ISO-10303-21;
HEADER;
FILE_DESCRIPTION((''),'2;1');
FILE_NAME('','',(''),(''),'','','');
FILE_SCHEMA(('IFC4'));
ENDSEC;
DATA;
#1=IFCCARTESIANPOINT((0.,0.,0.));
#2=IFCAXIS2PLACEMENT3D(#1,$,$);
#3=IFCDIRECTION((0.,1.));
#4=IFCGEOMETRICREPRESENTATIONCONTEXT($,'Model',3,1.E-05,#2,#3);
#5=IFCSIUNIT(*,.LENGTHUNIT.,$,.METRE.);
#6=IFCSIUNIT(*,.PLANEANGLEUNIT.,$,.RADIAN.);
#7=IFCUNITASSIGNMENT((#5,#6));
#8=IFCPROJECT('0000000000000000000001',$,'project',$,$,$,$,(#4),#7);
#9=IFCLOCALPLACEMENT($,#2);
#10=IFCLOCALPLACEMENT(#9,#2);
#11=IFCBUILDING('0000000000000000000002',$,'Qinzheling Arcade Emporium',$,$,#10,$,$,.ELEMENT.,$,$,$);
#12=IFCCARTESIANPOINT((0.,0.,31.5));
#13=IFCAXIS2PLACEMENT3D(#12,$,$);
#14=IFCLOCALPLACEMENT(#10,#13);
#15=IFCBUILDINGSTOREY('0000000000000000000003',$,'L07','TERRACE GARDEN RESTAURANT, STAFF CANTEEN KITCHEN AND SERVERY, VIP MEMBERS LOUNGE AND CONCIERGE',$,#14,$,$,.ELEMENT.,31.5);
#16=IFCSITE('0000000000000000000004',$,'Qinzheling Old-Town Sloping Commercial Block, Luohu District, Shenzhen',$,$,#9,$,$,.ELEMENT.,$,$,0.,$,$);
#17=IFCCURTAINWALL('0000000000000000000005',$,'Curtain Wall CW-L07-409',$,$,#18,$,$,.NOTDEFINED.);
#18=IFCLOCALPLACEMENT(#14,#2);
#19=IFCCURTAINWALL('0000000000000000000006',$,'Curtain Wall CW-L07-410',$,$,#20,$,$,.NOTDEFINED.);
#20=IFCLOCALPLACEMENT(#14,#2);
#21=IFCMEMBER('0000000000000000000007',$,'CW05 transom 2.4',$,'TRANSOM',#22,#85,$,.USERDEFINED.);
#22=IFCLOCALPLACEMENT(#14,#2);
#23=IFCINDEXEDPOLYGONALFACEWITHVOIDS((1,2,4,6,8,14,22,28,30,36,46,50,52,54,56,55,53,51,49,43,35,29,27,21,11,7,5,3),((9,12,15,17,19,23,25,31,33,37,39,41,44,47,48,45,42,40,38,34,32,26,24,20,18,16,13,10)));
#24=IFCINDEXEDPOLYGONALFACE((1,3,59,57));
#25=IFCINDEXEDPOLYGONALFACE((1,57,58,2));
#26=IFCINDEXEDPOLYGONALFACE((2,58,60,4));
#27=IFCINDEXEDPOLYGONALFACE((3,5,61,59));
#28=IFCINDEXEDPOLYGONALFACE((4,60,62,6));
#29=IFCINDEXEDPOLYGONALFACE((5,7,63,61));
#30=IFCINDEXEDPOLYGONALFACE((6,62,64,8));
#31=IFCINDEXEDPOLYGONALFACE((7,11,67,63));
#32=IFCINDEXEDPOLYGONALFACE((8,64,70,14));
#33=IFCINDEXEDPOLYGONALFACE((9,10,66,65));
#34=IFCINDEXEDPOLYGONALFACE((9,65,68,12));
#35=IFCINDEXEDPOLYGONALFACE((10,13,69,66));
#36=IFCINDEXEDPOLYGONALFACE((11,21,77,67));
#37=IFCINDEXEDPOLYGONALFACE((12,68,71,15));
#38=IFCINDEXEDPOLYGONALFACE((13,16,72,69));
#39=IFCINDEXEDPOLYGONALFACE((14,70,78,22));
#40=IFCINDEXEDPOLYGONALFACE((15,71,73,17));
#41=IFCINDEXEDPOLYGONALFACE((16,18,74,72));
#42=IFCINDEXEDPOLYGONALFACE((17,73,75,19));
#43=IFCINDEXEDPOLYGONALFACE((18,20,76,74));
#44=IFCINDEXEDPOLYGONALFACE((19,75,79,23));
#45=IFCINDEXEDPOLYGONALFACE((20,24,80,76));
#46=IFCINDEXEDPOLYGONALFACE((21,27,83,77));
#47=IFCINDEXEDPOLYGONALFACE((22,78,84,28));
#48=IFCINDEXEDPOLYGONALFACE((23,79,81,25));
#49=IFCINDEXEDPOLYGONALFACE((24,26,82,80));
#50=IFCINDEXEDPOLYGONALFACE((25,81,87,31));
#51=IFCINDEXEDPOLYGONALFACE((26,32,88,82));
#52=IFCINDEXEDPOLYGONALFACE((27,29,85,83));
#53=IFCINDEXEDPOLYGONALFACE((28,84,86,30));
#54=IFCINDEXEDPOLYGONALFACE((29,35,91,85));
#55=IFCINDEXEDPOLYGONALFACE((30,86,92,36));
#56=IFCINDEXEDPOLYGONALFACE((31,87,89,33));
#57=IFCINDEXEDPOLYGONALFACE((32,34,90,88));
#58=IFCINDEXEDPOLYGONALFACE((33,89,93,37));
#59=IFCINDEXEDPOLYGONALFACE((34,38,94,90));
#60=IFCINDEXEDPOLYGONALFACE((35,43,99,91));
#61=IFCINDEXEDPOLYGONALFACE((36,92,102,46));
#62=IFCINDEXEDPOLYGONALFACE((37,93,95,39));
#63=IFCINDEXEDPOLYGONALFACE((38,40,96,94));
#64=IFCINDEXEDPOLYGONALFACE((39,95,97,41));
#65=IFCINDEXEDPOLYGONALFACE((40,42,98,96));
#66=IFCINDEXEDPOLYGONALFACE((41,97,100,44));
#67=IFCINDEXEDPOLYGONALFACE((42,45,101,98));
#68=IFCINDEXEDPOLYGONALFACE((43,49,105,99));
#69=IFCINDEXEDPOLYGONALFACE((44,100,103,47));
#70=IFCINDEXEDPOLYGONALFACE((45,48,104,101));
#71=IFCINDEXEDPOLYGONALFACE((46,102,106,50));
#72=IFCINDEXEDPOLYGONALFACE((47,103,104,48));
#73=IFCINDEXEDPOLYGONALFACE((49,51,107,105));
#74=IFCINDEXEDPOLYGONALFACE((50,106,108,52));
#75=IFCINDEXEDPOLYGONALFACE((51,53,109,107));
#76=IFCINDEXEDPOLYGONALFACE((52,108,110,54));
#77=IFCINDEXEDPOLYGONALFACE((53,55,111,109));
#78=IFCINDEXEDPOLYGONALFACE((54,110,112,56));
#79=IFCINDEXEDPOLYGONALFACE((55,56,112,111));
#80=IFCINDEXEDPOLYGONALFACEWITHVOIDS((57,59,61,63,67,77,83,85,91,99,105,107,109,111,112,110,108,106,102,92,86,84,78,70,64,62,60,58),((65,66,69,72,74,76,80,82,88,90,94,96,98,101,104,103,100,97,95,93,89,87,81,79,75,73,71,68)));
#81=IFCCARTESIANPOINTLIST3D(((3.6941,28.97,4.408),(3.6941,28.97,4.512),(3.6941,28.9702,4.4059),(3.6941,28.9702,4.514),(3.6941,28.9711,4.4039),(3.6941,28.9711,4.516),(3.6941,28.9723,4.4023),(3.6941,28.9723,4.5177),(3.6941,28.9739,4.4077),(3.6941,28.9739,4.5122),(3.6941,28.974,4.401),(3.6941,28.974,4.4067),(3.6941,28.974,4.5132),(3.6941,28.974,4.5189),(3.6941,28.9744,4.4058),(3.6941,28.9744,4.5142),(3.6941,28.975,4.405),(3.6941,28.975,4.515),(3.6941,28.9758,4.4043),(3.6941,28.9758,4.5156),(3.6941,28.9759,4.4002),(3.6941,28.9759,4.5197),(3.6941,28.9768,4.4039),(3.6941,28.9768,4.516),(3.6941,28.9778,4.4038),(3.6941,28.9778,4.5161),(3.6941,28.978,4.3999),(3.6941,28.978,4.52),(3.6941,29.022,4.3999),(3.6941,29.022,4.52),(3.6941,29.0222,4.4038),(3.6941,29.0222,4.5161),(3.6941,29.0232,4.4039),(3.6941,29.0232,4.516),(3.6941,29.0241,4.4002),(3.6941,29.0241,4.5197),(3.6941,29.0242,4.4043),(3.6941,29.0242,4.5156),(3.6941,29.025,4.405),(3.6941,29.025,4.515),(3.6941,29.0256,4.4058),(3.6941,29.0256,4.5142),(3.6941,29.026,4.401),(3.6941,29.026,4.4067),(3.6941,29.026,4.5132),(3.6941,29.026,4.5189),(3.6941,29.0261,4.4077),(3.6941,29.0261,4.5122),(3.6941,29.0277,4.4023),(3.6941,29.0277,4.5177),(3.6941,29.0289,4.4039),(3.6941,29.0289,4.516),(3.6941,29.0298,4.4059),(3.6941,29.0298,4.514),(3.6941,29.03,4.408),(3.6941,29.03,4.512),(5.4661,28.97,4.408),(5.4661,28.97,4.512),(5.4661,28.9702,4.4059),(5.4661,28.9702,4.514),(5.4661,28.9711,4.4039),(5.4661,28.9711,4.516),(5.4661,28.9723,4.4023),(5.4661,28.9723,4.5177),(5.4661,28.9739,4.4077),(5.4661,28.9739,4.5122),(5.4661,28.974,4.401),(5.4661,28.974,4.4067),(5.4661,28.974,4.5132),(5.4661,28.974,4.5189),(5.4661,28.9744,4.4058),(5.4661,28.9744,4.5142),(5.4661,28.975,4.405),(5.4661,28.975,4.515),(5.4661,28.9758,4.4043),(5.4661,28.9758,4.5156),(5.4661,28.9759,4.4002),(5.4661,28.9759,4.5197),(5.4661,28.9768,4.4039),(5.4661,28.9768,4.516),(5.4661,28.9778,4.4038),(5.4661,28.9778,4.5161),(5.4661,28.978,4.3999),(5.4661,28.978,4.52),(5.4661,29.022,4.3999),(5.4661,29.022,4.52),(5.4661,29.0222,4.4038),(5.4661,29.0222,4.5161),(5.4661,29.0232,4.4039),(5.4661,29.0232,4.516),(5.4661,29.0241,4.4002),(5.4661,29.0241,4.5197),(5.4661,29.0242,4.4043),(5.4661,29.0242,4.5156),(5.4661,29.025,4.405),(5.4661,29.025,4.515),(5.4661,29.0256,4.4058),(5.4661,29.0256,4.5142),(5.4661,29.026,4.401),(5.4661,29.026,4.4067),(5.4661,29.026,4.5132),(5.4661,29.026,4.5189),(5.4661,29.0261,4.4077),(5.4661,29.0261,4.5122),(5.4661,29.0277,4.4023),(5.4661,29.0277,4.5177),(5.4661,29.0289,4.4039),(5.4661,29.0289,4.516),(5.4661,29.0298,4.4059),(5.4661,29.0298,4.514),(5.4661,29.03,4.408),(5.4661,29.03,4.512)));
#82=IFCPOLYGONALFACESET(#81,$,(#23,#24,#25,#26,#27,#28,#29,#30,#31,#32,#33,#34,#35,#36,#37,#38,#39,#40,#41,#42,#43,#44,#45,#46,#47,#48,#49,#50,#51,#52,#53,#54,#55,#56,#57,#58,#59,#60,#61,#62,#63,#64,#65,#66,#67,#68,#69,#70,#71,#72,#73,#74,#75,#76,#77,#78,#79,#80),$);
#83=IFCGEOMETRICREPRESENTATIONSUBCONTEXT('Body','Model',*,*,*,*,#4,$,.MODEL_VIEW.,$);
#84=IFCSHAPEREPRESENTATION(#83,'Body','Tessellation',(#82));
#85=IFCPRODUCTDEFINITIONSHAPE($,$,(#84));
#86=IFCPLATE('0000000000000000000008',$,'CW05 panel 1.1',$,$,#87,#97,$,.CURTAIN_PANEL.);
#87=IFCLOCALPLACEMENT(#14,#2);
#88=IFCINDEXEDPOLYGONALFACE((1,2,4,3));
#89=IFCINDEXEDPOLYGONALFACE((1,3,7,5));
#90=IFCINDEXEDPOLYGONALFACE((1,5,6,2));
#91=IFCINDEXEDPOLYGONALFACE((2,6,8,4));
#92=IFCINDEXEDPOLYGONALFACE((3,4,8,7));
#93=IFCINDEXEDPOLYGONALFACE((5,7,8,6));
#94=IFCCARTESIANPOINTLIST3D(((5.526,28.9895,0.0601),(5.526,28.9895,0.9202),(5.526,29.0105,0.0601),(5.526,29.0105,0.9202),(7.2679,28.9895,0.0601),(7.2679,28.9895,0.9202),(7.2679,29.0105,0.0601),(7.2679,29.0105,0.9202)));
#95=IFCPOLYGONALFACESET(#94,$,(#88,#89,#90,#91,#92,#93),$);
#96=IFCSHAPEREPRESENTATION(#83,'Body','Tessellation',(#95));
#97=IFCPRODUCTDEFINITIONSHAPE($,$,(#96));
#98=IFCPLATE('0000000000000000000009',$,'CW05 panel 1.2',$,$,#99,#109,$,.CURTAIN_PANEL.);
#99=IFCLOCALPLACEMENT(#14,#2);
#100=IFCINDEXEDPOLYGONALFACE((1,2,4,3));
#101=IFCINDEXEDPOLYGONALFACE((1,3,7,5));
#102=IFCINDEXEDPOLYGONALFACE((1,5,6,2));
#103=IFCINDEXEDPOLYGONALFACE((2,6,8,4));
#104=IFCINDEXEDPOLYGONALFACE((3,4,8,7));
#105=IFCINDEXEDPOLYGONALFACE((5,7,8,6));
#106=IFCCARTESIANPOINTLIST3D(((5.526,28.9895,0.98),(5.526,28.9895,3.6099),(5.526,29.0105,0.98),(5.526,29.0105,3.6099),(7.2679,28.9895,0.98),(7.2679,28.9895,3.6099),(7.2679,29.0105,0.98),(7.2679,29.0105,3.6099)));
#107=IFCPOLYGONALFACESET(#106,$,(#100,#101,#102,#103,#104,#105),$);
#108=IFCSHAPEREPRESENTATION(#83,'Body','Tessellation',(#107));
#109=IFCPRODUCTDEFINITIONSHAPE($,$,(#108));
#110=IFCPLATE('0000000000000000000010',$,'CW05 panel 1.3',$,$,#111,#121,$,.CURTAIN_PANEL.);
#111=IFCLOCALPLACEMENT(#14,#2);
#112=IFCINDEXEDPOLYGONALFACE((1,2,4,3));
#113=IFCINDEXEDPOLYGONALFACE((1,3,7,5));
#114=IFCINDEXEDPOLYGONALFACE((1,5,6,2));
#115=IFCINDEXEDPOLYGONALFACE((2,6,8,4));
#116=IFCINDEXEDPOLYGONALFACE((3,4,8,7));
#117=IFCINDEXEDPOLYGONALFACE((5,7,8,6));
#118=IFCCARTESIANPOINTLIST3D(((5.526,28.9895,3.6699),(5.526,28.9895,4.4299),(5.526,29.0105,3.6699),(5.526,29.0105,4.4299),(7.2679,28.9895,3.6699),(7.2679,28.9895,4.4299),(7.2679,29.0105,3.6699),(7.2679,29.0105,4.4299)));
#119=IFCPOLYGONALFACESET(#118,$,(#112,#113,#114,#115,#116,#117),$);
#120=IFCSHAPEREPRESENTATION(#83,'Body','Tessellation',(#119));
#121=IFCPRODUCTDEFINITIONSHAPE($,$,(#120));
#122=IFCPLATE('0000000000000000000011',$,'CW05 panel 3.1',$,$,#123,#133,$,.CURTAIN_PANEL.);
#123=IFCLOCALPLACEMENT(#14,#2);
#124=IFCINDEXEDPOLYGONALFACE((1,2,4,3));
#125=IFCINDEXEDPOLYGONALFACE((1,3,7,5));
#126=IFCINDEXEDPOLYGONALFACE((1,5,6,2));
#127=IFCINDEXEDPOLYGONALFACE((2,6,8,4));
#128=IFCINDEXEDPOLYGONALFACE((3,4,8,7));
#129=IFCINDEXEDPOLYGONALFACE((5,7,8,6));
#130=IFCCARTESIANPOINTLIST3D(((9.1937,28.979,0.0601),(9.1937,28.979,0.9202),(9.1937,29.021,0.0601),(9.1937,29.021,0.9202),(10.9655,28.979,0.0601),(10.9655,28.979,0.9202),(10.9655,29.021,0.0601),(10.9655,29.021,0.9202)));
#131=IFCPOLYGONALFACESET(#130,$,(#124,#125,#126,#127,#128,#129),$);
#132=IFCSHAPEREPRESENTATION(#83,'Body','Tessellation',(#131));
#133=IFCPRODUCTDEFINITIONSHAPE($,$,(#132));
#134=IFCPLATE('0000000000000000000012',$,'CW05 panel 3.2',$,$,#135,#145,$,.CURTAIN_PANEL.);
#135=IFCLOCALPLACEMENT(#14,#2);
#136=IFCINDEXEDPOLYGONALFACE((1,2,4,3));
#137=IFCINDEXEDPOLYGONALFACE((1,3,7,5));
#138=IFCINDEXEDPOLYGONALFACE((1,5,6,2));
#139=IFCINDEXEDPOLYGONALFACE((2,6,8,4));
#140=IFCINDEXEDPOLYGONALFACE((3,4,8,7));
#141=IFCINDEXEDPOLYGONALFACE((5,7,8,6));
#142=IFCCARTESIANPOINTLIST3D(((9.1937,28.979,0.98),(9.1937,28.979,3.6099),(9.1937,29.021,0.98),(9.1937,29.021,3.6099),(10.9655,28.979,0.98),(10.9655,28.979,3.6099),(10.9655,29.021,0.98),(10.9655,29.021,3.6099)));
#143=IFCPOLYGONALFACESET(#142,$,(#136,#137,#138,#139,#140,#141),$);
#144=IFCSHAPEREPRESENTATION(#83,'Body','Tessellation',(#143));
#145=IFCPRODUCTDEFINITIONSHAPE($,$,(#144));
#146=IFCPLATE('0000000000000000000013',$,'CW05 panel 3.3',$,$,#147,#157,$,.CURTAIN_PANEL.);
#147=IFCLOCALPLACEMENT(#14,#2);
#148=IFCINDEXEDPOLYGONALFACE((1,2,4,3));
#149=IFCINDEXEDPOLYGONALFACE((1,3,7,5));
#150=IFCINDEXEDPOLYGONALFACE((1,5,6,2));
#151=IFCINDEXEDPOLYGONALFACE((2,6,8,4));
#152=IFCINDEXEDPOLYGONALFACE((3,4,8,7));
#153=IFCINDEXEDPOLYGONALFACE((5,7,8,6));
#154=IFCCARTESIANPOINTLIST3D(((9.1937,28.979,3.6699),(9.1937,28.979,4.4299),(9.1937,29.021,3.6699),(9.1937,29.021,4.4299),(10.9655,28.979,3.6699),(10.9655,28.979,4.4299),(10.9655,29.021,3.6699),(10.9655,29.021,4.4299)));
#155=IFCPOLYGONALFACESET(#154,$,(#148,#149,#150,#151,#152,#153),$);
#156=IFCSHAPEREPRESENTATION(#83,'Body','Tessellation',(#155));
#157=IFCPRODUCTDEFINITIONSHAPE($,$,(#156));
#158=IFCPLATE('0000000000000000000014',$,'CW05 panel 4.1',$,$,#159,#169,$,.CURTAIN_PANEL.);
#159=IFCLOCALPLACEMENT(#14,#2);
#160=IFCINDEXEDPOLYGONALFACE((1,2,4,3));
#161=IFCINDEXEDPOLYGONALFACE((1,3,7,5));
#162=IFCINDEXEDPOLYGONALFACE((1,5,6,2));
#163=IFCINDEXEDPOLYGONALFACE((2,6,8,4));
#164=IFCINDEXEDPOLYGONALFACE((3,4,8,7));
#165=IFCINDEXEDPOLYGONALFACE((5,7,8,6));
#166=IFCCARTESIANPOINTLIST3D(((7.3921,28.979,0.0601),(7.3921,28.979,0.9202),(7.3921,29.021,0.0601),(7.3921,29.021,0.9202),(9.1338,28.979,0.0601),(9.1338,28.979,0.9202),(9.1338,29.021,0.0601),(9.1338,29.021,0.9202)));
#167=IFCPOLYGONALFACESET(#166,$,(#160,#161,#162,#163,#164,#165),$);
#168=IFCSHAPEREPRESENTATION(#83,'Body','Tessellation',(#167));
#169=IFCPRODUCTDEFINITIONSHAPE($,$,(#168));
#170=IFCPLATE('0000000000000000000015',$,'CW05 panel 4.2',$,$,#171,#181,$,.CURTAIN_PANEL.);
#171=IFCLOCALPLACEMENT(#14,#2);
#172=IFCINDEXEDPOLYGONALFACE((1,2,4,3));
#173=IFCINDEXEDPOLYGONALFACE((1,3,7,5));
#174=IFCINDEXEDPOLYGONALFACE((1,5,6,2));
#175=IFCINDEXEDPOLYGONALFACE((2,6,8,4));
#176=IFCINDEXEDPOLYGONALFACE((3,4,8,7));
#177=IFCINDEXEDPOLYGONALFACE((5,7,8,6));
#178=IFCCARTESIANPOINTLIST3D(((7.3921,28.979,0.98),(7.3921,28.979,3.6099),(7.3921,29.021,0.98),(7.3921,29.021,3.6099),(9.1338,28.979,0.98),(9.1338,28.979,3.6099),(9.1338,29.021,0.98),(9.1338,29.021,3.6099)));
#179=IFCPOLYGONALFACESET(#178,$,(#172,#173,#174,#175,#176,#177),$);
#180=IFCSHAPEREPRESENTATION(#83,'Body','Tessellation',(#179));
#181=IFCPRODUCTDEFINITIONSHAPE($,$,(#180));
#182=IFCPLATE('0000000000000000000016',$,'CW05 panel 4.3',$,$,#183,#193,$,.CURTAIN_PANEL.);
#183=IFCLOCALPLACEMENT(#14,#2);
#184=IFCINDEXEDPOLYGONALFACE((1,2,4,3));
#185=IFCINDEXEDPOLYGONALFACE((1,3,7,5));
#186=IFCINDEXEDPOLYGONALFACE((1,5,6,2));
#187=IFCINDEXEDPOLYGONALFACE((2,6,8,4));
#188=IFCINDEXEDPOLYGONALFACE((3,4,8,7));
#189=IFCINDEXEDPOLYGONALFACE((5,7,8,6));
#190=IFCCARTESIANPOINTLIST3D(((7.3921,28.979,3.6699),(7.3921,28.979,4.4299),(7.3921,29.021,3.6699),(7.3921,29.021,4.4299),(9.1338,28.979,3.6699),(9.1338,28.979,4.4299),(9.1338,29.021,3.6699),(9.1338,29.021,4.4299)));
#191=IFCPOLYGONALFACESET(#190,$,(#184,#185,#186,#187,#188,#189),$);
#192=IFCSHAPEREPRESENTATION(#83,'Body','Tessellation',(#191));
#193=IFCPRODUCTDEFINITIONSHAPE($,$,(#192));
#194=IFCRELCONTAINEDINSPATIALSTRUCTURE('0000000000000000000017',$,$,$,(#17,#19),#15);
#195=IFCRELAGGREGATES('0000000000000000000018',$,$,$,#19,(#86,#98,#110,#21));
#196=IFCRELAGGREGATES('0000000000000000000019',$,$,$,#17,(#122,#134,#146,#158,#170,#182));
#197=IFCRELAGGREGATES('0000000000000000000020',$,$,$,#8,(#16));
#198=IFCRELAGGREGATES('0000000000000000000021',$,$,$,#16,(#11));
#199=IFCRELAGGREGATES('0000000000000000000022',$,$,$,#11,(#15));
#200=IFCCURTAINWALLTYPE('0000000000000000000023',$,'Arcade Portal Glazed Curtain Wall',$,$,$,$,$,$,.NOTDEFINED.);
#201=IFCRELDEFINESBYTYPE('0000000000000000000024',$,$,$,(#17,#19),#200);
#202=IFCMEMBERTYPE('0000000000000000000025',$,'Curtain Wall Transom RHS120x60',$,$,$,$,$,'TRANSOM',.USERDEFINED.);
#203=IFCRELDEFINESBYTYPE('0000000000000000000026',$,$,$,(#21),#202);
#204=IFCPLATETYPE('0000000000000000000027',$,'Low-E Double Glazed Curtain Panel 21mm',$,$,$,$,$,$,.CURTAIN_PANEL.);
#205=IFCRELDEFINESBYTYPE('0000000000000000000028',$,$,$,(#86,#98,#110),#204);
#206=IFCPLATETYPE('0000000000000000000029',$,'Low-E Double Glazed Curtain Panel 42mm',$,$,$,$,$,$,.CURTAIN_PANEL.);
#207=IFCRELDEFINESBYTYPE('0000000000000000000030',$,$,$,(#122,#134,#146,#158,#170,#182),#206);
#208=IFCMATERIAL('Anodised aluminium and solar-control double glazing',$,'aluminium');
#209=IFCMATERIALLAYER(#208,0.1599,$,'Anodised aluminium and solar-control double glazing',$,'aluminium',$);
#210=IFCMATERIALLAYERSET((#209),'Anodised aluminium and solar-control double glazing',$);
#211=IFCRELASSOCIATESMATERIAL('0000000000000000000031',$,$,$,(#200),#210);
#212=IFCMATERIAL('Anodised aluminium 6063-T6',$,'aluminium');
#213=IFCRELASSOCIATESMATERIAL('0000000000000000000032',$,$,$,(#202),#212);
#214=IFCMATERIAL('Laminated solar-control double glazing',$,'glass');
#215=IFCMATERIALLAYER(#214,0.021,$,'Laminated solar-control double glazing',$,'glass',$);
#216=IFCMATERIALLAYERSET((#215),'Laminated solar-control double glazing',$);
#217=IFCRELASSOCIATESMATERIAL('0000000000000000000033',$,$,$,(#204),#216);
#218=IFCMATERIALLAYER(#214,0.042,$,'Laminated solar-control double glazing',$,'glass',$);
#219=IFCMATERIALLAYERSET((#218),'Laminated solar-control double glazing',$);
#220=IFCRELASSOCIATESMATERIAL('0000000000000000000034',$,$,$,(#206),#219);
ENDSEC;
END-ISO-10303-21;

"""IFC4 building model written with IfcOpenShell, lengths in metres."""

from ifc_helpers import new_model, si_unit, direction, frame, origin, origin_2d, place, context, subcontext, project, spatial, rectangle, hollow_rectangle, extrude, material, layer, layer_set, material_profile, profile_set, type_object, element, aggregate, save


model = new_model("IFC4")

# Units and contexts
model_context = context("Model", 3, precision=1e-05, world=origin(), true_north=direction((0.0, 1.0)))
body_context = subcontext(model_context, "Body", "Model", "MODEL_VIEW")
ifc_project = project(units=[si_unit("LENGTHUNIT", "METRE"), si_unit("PLANEANGLEUNIT", "RADIAN")], contexts=[model_context])

# Site, building, storey
site_placement = place(None, origin())
site = spatial("IfcSite", under=ifc_project, at=site_placement, Name="Qinzheling Old-Town Sloping Commercial Block, Luohu District, Shenzhen", CompositionType="ELEMENT", RefElevation=0.0)
building_placement = place(site_placement, origin())
building = spatial("IfcBuilding", under=site, at=building_placement, Name="Qinzheling Arcade Emporium", CompositionType="ELEMENT")
storey_placement = place(building_placement, frame((0.0, 0.0, 31.5)))
storey = spatial("IfcBuildingStorey", under=building, at=storey_placement, Name="L07", Description="TERRACE GARDEN RESTAURANT, STAFF CANTEEN KITCHEN AND SERVERY, VIP MEMBERS LOUNGE AND CONCIERGE", CompositionType="ELEMENT", Elevation=31.5)

# Curtain walls
ifc_material_1 = material(Name="Anodised aluminium and solar-control double glazing", Category="aluminium")
ifc_layer_1 = layer(ifc_material_1, 0.1599, Name="Anodised aluminium and solar-control double glazing", Category="aluminium")
ifc_layer_set_1 = layer_set([ifc_layer_1], Name="Anodised aluminium and solar-control double glazing")
curtain_wall_type = type_object("IfcCurtainWallType", Name="Arcade Portal Glazed Curtain Wall", PredefinedType="NOTDEFINED", material=ifc_layer_set_1)
curtain_wall_1_placement = place(storey_placement, origin())
curtain_wall_1 = element("IfcCurtainWall", 1, at=curtain_wall_1_placement, inside=storey, type_object=curtain_wall_type, Name="Curtain Wall CW-L07-409", PredefinedType="NOTDEFINED")
ifc_material_2 = material(Name="Anodised aluminium 6063-T6", Category="aluminium")
curtain_wall_2_placement = place(storey_placement, origin())
curtain_wall_2 = element("IfcCurtainWall", 2, at=curtain_wall_2_placement, inside=storey, type_object=curtain_wall_type, Name="Curtain Wall CW-L07-410", PredefinedType="NOTDEFINED")

# Member
ifc_material_profile_1 = material_profile(ifc_material_2, hollow_rectangle(XDim=0.0601, YDim=0.1201, WallThickness=0.0039, InnerFilletRadius=0.0039, OuterFilletRadius=0.0081, at=origin_2d()), Name="RHS 120x60x4", Category="aluminium")
ifc_profile_set_1 = profile_set([ifc_material_profile_1], Name="Anodised aluminium 6063-T6")
member_type_1 = type_object("IfcMemberType", Name="Curtain Wall Transom RHS120x60", ElementType="TRANSOM", PredefinedType="USERDEFINED", material=ifc_profile_set_1)
member_1_placement = place(storey_placement, frame((5.4661, 29.0, 4.46), z_axis=(-1.0, 0.0, 0.0), x_axis=(0.0, -1.0, 0.0)))
member_1 = element("IfcMember", 3, at=member_1_placement, type_object=member_type_1, Name="CW05 transom 2.4", ObjectType="TRANSOM", PredefinedType="USERDEFINED", context=body_context, shape_type="SweptSolid", body=[
    extrude(hollow_rectangle(XDim=0.0601, YDim=0.1201, WallThickness=0.0039, InnerFilletRadius=0.0039, OuterFilletRadius=0.0081, at=origin_2d()), origin(), (0.0, 0.0, 1.0), 1.772),
])

# Plates
ifc_material_3 = material(Name="Laminated solar-control double glazing", Category="glass")
ifc_layer_2 = layer(ifc_material_3, 0.021, Name="Laminated solar-control double glazing", Category="glass")
ifc_layer_set_2 = layer_set([ifc_layer_2], Name="Laminated solar-control double glazing")
plate_type_1 = type_object("IfcPlateType", Name="Low-E Double Glazed Curtain Panel 21mm", PredefinedType="CURTAIN_PANEL", material=ifc_layer_set_2)
plate_1_placement = place(storey_placement, frame((6.397, 29.0, 0.0601), z_axis=(0.0, 0.0, 1.0), x_axis=(-1.0, 0.0, 0.0)))
plate_1 = element("IfcPlate", 4, at=plate_1_placement, type_object=plate_type_1, Name="CW05 panel 1.1", PredefinedType="CURTAIN_PANEL", context=body_context, shape_type="SweptSolid", body=[
    extrude(rectangle(XDim=1.7419, YDim=0.021, at=origin_2d()), origin(), (0.0, 0.0, 1.0), 0.8601),
])
plate_2_placement = place(storey_placement, frame((6.397, 29.0, 0.98), z_axis=(0.0, 0.0, 1.0), x_axis=(-1.0, 0.0, 0.0)))
plate_2 = element("IfcPlate", 5, at=plate_2_placement, type_object=plate_type_1, Name="CW05 panel 1.2", PredefinedType="CURTAIN_PANEL", context=body_context, shape_type="SweptSolid", body=[
    extrude(rectangle(XDim=1.7419, YDim=0.021, at=origin_2d()), origin(), (0.0, 0.0, 1.0), 2.6299),
])
plate_3_placement = place(storey_placement, frame((6.397, 29.0, 3.6699), z_axis=(0.0, 0.0, 1.0), x_axis=(-1.0, 0.0, 0.0)))
plate_3 = element("IfcPlate", 6, at=plate_3_placement, type_object=plate_type_1, Name="CW05 panel 1.3", PredefinedType="CURTAIN_PANEL", context=body_context, shape_type="SweptSolid", body=[
    extrude(rectangle(XDim=1.7419, YDim=0.021, at=origin_2d()), origin(), (0.0, 0.0, 1.0), 0.76),
])
aggregate(curtain_wall_2, [plate_1, plate_2, plate_3, member_1])
ifc_layer_3 = layer(ifc_material_3, 0.042, Name="Laminated solar-control double glazing", Category="glass")
ifc_layer_set_3 = layer_set([ifc_layer_3], Name="Laminated solar-control double glazing")
plate_type_2 = type_object("IfcPlateType", Name="Low-E Double Glazed Curtain Panel 42mm", PredefinedType="CURTAIN_PANEL", material=ifc_layer_set_3)
plate_4_placement = place(storey_placement, frame((10.0796, 29.0, 0.0601), z_axis=(0.0, 0.0, 1.0), x_axis=(-1.0, 0.0, 0.0)))
plate_4 = element("IfcPlate", 7, at=plate_4_placement, type_object=plate_type_2, Name="CW05 panel 3.1", PredefinedType="CURTAIN_PANEL", context=body_context, shape_type="SweptSolid", body=[
    extrude(rectangle(XDim=1.7717, YDim=0.042, at=origin_2d()), origin(), (0.0, 0.0, 1.0), 0.8601),
])
plate_5_placement = place(storey_placement, frame((10.0796, 29.0, 0.98), z_axis=(0.0, 0.0, 1.0), x_axis=(-1.0, 0.0, 0.0)))
plate_5 = element("IfcPlate", 8, at=plate_5_placement, type_object=plate_type_2, Name="CW05 panel 3.2", PredefinedType="CURTAIN_PANEL", context=body_context, shape_type="SweptSolid", body=[
    extrude(rectangle(XDim=1.7717, YDim=0.042, at=origin_2d()), origin(), (0.0, 0.0, 1.0), 2.6299),
])
plate_6_placement = place(storey_placement, frame((10.0796, 29.0, 3.6699), z_axis=(0.0, 0.0, 1.0), x_axis=(-1.0, 0.0, 0.0)))
plate_6 = element("IfcPlate", 9, at=plate_6_placement, type_object=plate_type_2, Name="CW05 panel 3.3", PredefinedType="CURTAIN_PANEL", context=body_context, shape_type="SweptSolid", body=[
    extrude(rectangle(XDim=1.7717, YDim=0.042, at=origin_2d()), origin(), (0.0, 0.0, 1.0), 0.76),
])
plate_7_placement = place(storey_placement, frame((8.2629, 29.0, 0.0601), z_axis=(0.0, 0.0, 1.0), x_axis=(-1.0, 0.0, 0.0)))
plate_7 = element("IfcPlate", 10, at=plate_7_placement, type_object=plate_type_2, Name="CW05 panel 4.1", PredefinedType="CURTAIN_PANEL", context=body_context, shape_type="SweptSolid", body=[
    extrude(rectangle(XDim=1.7417, YDim=0.042, at=origin_2d()), origin(), (0.0, 0.0, 1.0), 0.8601),
])
plate_8_placement = place(storey_placement, frame((8.2629, 29.0, 0.98), z_axis=(0.0, 0.0, 1.0), x_axis=(-1.0, 0.0, 0.0)))
plate_8 = element("IfcPlate", 11, at=plate_8_placement, type_object=plate_type_2, Name="CW05 panel 4.2", PredefinedType="CURTAIN_PANEL", context=body_context, shape_type="SweptSolid", body=[
    extrude(rectangle(XDim=1.7417, YDim=0.042, at=origin_2d()), origin(), (0.0, 0.0, 1.0), 2.6299),
])
plate_9_placement = place(storey_placement, frame((8.2629, 29.0, 3.6699), z_axis=(0.0, 0.0, 1.0), x_axis=(-1.0, 0.0, 0.0)))
plate_9 = element("IfcPlate", 12, at=plate_9_placement, type_object=plate_type_2, Name="CW05 panel 4.3", PredefinedType="CURTAIN_PANEL", context=body_context, shape_type="SweptSolid", body=[
    extrude(rectangle(XDim=1.7417, YDim=0.042, at=origin_2d()), origin(), (0.0, 0.0, 1.0), 0.76),
])
aggregate(curtain_wall_1, [plate_4, plate_5, plate_6, plate_7, plate_8, plate_9])

save(model, "model.ifc")
